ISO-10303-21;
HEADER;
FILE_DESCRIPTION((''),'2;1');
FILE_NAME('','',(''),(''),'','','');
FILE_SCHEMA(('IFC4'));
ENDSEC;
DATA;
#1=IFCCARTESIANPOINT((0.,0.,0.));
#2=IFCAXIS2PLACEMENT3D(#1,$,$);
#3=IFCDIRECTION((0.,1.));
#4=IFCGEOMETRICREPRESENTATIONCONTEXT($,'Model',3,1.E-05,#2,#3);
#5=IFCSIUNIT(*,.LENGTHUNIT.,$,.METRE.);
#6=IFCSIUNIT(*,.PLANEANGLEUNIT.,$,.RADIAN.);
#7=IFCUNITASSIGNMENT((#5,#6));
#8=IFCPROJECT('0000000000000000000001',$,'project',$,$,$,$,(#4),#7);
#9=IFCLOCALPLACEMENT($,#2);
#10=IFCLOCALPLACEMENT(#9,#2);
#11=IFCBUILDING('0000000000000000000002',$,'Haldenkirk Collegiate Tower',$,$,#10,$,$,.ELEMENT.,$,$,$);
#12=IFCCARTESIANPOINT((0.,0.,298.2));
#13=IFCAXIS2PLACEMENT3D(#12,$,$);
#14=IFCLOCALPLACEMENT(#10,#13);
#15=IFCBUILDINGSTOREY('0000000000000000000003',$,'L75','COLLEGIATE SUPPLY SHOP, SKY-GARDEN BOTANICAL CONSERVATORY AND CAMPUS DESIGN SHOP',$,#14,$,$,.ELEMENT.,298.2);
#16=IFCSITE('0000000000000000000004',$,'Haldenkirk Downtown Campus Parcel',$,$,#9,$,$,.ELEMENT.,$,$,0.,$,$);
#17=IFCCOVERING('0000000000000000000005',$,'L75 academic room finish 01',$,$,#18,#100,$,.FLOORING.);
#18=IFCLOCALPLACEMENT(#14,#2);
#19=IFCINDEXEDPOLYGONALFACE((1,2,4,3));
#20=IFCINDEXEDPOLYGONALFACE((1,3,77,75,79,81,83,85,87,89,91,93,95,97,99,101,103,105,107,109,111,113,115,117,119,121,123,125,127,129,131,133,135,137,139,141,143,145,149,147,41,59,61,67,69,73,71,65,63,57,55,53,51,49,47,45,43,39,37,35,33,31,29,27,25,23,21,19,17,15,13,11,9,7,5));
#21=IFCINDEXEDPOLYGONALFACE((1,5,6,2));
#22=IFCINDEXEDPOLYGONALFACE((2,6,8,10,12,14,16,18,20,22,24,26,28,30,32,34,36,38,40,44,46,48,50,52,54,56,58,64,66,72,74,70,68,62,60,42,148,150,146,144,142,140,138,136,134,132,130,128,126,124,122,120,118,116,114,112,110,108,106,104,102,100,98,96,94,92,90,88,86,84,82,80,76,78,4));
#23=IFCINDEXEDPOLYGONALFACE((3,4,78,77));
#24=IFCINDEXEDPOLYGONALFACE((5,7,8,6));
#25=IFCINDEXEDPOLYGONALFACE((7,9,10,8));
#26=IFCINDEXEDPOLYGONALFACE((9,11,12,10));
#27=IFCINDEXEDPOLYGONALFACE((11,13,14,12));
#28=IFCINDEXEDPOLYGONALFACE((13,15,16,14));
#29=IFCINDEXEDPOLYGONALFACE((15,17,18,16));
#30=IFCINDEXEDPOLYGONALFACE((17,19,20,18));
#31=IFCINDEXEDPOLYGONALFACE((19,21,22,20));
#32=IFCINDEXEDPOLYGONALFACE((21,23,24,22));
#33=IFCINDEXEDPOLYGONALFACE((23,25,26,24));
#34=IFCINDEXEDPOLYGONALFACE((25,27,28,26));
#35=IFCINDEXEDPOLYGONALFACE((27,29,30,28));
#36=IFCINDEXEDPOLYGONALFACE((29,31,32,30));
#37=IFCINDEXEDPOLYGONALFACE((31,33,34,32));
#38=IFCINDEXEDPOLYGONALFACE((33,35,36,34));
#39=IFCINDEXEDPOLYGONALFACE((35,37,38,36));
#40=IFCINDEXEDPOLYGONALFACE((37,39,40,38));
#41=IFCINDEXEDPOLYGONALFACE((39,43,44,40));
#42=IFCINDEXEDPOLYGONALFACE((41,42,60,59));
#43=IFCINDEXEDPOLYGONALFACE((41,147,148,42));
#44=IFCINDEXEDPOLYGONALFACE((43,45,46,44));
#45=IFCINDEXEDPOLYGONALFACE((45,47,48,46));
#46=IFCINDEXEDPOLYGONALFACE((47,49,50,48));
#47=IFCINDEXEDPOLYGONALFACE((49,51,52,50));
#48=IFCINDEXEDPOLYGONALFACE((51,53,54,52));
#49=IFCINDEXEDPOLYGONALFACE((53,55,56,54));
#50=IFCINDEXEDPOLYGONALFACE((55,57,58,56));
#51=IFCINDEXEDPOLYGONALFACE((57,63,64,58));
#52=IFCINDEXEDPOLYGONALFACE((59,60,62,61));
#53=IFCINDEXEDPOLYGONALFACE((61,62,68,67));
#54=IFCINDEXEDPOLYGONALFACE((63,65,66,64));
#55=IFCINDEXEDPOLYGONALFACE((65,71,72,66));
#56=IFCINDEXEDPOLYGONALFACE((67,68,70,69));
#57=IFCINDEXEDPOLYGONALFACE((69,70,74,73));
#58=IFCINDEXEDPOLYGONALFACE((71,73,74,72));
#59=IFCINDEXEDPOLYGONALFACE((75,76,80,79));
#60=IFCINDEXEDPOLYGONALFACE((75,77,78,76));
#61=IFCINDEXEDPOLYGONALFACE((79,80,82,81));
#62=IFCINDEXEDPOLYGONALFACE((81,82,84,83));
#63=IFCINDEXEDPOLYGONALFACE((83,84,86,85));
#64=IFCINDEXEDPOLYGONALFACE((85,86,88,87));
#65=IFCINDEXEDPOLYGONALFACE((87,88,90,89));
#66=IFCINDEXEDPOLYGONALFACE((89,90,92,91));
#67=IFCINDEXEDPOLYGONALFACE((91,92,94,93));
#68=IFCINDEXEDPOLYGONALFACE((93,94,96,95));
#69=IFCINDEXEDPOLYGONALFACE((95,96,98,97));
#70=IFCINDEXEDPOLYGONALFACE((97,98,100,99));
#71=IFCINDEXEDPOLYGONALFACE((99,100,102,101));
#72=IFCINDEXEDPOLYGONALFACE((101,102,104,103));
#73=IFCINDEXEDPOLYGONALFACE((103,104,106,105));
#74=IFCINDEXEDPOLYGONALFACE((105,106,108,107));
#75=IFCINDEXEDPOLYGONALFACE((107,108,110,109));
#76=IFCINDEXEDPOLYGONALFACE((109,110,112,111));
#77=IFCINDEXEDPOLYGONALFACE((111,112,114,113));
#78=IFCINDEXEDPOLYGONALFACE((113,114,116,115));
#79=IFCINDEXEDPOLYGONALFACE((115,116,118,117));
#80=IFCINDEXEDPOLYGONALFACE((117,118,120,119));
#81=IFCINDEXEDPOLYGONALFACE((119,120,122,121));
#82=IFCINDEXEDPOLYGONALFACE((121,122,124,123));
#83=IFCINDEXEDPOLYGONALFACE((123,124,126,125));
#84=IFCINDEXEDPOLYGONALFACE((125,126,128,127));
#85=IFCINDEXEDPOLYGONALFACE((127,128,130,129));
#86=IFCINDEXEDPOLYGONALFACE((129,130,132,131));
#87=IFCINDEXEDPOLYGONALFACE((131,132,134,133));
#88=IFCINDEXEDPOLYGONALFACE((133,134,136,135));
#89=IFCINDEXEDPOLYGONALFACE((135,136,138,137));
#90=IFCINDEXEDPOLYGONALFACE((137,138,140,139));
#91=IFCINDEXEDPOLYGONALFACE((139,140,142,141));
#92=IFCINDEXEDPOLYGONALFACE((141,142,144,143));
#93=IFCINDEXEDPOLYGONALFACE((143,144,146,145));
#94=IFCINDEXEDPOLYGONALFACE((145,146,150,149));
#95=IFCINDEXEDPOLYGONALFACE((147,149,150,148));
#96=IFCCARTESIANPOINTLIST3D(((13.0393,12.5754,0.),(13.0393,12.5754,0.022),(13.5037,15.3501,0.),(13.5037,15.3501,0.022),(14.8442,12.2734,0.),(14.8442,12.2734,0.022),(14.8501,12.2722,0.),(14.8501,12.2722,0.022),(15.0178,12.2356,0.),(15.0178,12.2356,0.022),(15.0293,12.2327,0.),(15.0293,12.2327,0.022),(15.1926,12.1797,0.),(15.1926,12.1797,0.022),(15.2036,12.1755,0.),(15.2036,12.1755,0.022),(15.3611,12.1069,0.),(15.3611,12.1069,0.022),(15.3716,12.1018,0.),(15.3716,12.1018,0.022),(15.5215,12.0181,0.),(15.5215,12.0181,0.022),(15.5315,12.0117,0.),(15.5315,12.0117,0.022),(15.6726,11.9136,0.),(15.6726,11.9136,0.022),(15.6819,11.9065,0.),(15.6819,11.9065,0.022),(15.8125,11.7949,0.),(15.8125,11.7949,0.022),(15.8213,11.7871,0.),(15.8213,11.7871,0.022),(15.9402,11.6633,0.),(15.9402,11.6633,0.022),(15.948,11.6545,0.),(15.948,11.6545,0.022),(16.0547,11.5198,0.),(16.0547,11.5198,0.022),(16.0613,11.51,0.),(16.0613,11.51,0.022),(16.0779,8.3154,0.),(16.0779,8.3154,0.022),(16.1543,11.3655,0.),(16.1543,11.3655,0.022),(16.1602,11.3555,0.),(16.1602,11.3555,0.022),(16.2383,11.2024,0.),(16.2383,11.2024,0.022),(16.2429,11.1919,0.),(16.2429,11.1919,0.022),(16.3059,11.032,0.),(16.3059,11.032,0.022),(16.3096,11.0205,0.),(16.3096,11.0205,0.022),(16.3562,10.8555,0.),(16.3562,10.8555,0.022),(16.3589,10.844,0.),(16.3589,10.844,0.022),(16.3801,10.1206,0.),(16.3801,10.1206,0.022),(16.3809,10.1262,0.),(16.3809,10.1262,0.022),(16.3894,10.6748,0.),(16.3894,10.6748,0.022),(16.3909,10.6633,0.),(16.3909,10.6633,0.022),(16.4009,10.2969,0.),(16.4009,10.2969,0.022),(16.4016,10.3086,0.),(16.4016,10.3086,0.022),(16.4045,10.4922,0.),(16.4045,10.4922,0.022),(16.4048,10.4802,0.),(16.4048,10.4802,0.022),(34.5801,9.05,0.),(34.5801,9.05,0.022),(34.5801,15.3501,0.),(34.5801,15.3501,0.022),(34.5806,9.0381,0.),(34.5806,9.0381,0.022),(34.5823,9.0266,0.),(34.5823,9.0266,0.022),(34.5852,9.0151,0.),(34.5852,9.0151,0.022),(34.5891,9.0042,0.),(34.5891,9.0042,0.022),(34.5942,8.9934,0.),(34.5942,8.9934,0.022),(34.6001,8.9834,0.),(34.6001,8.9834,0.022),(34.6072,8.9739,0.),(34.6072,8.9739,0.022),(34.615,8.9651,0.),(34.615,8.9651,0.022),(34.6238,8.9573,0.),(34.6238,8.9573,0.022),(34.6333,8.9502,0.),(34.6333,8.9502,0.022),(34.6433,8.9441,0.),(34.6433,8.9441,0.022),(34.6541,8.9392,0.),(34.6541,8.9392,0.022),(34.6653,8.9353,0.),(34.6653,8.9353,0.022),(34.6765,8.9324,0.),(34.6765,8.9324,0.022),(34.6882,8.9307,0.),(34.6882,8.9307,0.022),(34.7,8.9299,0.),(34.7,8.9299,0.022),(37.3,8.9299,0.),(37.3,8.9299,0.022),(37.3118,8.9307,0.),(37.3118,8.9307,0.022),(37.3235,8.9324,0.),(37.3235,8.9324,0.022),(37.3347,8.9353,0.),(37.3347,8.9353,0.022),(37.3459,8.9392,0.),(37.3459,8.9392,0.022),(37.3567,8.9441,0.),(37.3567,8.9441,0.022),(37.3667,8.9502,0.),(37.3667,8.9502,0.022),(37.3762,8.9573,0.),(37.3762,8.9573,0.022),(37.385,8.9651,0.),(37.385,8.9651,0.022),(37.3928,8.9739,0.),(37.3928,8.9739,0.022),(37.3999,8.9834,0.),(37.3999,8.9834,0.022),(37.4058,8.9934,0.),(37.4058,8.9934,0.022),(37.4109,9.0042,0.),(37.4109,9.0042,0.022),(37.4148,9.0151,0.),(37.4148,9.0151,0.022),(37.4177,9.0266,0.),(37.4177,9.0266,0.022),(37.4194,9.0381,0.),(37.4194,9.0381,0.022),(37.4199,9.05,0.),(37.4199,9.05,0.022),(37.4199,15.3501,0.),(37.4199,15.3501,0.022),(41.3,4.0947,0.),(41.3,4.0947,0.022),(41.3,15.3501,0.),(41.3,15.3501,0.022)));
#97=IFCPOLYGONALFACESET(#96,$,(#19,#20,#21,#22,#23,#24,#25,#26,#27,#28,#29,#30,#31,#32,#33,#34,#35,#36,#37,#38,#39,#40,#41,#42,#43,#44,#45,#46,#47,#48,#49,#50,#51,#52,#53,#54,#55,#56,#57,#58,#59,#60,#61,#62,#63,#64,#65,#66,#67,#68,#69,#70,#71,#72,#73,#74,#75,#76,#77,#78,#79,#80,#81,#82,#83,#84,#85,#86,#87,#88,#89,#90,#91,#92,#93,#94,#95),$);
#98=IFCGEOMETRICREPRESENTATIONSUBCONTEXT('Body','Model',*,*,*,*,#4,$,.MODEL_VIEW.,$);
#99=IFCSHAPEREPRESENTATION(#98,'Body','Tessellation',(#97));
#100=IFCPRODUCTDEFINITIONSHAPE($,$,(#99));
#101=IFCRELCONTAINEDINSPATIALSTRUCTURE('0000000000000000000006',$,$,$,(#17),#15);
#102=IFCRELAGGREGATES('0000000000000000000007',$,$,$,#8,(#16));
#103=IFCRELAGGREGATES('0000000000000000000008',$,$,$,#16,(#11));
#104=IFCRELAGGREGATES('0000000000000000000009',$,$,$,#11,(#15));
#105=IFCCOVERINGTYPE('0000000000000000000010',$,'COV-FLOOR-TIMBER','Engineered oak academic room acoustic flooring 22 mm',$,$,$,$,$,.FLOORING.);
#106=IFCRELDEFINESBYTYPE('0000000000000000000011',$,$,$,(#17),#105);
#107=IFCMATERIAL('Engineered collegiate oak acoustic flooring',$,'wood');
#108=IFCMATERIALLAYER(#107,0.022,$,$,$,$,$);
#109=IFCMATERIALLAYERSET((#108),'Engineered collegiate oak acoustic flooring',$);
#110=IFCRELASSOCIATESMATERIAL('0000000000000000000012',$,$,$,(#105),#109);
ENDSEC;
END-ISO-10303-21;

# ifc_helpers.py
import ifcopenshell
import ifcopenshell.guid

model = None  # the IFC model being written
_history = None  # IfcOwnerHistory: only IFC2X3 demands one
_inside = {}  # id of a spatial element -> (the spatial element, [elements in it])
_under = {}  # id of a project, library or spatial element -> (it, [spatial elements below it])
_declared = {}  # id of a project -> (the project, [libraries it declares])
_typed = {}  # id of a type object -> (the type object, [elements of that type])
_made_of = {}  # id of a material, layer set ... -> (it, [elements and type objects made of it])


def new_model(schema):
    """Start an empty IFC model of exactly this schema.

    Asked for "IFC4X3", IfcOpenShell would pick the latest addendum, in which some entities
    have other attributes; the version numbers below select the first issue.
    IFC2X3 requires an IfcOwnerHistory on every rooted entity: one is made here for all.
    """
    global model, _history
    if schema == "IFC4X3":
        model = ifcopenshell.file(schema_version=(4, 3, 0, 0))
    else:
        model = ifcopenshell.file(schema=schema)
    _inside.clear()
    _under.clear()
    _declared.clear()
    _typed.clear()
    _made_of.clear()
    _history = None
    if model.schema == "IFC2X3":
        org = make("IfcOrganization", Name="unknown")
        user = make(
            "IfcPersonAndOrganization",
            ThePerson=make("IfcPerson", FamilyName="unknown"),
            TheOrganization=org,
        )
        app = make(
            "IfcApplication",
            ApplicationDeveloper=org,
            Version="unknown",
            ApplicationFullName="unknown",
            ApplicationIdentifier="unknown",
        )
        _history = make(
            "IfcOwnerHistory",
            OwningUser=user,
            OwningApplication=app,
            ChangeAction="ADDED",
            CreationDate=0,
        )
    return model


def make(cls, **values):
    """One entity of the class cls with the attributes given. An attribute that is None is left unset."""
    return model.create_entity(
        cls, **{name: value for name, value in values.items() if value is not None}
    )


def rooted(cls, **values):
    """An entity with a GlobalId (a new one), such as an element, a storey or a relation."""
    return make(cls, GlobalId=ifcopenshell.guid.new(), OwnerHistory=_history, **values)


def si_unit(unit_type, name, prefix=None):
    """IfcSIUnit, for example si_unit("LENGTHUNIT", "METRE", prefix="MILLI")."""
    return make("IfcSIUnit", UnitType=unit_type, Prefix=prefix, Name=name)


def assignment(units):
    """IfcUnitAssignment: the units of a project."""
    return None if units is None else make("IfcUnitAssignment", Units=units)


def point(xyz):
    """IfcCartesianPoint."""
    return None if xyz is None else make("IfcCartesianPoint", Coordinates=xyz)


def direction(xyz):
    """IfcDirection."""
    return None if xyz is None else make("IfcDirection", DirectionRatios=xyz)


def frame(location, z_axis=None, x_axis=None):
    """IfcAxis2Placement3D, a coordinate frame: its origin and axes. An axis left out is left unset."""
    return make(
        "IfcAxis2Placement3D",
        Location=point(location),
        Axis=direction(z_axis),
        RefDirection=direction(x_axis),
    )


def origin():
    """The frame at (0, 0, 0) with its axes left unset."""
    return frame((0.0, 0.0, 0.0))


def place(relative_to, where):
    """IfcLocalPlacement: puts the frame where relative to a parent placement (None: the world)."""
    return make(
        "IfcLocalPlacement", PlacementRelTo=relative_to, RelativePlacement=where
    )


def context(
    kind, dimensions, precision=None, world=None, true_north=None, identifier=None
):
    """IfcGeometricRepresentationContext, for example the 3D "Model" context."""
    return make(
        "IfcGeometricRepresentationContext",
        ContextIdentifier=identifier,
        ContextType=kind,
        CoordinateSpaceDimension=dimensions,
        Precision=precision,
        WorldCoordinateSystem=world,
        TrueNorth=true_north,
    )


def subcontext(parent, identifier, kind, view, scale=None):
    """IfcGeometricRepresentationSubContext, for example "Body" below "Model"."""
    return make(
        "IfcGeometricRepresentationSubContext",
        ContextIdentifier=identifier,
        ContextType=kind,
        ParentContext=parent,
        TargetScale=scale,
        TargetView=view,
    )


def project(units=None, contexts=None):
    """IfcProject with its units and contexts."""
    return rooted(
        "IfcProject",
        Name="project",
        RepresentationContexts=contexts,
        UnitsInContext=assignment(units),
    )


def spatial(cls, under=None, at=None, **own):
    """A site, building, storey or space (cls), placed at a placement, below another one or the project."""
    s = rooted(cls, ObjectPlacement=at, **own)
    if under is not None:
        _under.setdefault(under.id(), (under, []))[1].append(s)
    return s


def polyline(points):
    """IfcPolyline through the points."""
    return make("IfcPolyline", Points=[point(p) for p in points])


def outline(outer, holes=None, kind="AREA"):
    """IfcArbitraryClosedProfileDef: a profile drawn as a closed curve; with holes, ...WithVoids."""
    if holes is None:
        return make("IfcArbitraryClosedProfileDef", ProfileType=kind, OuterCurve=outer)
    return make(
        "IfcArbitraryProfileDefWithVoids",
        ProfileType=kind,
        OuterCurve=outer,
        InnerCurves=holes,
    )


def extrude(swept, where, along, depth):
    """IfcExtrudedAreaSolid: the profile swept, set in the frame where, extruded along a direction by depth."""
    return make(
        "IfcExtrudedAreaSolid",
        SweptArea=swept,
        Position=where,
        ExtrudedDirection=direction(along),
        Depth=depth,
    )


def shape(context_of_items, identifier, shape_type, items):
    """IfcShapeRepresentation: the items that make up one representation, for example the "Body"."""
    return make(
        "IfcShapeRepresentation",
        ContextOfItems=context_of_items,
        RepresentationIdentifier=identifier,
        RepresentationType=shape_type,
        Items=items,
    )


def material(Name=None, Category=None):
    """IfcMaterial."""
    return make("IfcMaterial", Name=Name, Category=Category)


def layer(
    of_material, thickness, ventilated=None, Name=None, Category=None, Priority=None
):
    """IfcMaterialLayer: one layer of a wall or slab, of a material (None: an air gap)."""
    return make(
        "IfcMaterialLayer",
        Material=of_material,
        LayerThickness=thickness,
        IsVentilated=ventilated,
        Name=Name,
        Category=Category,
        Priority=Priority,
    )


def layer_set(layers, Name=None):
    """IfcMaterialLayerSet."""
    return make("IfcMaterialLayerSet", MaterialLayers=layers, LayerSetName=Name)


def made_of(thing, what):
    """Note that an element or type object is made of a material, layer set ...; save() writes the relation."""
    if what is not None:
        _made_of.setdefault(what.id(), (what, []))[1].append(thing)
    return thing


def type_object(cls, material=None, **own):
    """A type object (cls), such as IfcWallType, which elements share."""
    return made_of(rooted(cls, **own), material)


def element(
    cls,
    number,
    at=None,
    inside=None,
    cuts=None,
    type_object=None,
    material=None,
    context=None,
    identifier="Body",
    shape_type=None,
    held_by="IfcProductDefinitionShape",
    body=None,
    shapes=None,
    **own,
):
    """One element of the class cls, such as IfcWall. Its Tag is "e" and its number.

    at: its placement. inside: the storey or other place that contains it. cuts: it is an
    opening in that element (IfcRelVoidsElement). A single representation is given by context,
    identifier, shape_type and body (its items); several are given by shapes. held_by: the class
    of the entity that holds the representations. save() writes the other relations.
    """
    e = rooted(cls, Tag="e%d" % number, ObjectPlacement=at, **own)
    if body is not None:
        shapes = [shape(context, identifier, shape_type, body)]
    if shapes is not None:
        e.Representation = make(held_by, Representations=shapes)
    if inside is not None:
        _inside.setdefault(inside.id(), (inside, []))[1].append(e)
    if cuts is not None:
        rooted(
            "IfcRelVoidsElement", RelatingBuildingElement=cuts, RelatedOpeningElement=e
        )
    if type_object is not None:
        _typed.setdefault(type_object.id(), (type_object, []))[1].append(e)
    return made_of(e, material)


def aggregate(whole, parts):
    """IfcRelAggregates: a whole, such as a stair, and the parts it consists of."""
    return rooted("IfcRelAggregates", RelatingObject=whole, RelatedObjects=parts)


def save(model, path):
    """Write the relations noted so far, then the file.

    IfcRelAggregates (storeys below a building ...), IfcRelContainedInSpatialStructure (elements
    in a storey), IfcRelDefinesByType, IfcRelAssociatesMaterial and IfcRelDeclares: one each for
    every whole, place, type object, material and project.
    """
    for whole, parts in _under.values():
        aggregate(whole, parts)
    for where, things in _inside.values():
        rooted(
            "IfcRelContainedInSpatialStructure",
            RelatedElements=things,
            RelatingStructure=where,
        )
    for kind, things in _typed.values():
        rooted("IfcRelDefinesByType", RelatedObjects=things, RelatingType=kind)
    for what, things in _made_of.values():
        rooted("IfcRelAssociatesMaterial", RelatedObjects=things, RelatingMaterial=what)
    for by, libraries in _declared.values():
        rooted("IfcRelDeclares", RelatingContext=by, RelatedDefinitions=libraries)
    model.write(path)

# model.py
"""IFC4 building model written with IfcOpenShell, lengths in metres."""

from ifc_helpers import new_model, si_unit, direction, frame, origin, place, context, subcontext, project, spatial, polyline, outline, extrude, material, layer, layer_set, type_object, element, save


model = new_model("IFC4")

# Units and contexts
model_context = context("Model", 3, precision=1e-05, world=origin(), true_north=direction((0.0, 1.0)))
body_context = subcontext(model_context, "Body", "Model", "MODEL_VIEW")
ifc_project = project(units=[si_unit("LENGTHUNIT", "METRE"), si_unit("PLANEANGLEUNIT", "RADIAN")], contexts=[model_context])

# Site, building, storey
site_placement = place(None, origin())
site = spatial("IfcSite", under=ifc_project, at=site_placement, Name="Haldenkirk Downtown Campus Parcel", CompositionType="ELEMENT", RefElevation=0.0)
building_placement = place(site_placement, origin())
building = spatial("IfcBuilding", under=site, at=building_placement, Name="Haldenkirk Collegiate Tower", CompositionType="ELEMENT")
storey_placement = place(building_placement, frame((0.0, 0.0, 298.2)))
storey = spatial("IfcBuildingStorey", under=building, at=storey_placement, Name="L75", Description="COLLEGIATE SUPPLY SHOP, SKY-GARDEN BOTANICAL CONSERVATORY AND CAMPUS DESIGN SHOP", CompositionType="ELEMENT", Elevation=298.2)

# Covering
ifc_material_1 = material(Name="Engineered collegiate oak acoustic flooring", Category="wood")
ifc_layer_1 = layer(ifc_material_1, 0.022)
ifc_layer_set_1 = layer_set([ifc_layer_1], Name="Engineered collegiate oak acoustic flooring")
covering_type_1 = type_object("IfcCoveringType", Name="COV-FLOOR-TIMBER", Description="Engineered oak academic room acoustic flooring 22 mm", PredefinedType="FLOORING", material=ifc_layer_set_1)
covering_1_placement = place(storey_placement, origin())
element("IfcCovering", 1, at=covering_1_placement, inside=storey, type_object=covering_type_1, Name="L75 academic room finish 01", PredefinedType="FLOORING", context=body_context, shape_type="SweptSolid", body=[
    extrude(outline(polyline([(16.0779, 8.3154), (16.3801, 10.1206), (16.3809, 10.1262), (16.4009, 10.2969), (16.4016, 10.3086), (16.4048, 10.4802), (16.4045, 10.4922), (16.3909, 10.6633), (16.3894, 10.6748), (16.3589, 10.844), (16.3562, 10.8555), (16.3096, 11.0205), (16.3059, 11.032), (16.2429, 11.1919), (16.2383, 11.2024), (16.1602, 11.3555), (16.1543, 11.3655), (16.0613, 11.51), (16.0547, 11.5198), (15.948, 11.6545), (15.9402, 11.6633), (15.8213, 11.7871), (15.8125, 11.7949), (15.6819, 11.9065), (15.6726, 11.9136), (15.5315, 12.0117), (15.5215, 12.0181), (15.3716, 12.1018), (15.3611, 12.1069), (15.2036, 12.1755), (15.1926, 12.1797), (15.0293, 12.2327), (15.0178, 12.2356), (14.8501, 12.2722), (14.8442, 12.2734), (13.0393, 12.5754), (13.5037, 15.3501), (34.5801, 15.3501), (34.5801, 9.05), (34.5806, 9.0381), (34.5823, 9.0266), (34.5852, 9.0151), (34.5891, 9.0042), (34.5942, 8.9934), (34.6001, 8.9834), (34.6072, 8.9739), (34.615, 8.9651), (34.6238, 8.9573), (34.6333, 8.9502), (34.6433, 8.9441), (34.6541, 8.9392), (34.6653, 8.9353), (34.6765, 8.9324), (34.6882, 8.9307), (34.7, 8.9299), (37.3, 8.9299), (37.3118, 8.9307), (37.3235, 8.9324), (37.3347, 8.9353), (37.3459, 8.9392), (37.3567, 8.9441), (37.3667, 8.9502), (37.3762, 8.9573), (37.385, 8.9651), (37.3928, 8.9739), (37.3999, 8.9834), (37.4058, 8.9934), (37.4109, 9.0042), (37.4148, 9.0151), (37.4177, 9.0266), (37.4194, 9.0381), (37.4199, 9.05), (37.4199, 15.3501), (41.3, 15.3501), (41.3, 4.0947), (16.0779, 8.3154)])), origin(), (0.0, 0.0, 1.0), 0.022),
])

save(model, "model.ifc")
